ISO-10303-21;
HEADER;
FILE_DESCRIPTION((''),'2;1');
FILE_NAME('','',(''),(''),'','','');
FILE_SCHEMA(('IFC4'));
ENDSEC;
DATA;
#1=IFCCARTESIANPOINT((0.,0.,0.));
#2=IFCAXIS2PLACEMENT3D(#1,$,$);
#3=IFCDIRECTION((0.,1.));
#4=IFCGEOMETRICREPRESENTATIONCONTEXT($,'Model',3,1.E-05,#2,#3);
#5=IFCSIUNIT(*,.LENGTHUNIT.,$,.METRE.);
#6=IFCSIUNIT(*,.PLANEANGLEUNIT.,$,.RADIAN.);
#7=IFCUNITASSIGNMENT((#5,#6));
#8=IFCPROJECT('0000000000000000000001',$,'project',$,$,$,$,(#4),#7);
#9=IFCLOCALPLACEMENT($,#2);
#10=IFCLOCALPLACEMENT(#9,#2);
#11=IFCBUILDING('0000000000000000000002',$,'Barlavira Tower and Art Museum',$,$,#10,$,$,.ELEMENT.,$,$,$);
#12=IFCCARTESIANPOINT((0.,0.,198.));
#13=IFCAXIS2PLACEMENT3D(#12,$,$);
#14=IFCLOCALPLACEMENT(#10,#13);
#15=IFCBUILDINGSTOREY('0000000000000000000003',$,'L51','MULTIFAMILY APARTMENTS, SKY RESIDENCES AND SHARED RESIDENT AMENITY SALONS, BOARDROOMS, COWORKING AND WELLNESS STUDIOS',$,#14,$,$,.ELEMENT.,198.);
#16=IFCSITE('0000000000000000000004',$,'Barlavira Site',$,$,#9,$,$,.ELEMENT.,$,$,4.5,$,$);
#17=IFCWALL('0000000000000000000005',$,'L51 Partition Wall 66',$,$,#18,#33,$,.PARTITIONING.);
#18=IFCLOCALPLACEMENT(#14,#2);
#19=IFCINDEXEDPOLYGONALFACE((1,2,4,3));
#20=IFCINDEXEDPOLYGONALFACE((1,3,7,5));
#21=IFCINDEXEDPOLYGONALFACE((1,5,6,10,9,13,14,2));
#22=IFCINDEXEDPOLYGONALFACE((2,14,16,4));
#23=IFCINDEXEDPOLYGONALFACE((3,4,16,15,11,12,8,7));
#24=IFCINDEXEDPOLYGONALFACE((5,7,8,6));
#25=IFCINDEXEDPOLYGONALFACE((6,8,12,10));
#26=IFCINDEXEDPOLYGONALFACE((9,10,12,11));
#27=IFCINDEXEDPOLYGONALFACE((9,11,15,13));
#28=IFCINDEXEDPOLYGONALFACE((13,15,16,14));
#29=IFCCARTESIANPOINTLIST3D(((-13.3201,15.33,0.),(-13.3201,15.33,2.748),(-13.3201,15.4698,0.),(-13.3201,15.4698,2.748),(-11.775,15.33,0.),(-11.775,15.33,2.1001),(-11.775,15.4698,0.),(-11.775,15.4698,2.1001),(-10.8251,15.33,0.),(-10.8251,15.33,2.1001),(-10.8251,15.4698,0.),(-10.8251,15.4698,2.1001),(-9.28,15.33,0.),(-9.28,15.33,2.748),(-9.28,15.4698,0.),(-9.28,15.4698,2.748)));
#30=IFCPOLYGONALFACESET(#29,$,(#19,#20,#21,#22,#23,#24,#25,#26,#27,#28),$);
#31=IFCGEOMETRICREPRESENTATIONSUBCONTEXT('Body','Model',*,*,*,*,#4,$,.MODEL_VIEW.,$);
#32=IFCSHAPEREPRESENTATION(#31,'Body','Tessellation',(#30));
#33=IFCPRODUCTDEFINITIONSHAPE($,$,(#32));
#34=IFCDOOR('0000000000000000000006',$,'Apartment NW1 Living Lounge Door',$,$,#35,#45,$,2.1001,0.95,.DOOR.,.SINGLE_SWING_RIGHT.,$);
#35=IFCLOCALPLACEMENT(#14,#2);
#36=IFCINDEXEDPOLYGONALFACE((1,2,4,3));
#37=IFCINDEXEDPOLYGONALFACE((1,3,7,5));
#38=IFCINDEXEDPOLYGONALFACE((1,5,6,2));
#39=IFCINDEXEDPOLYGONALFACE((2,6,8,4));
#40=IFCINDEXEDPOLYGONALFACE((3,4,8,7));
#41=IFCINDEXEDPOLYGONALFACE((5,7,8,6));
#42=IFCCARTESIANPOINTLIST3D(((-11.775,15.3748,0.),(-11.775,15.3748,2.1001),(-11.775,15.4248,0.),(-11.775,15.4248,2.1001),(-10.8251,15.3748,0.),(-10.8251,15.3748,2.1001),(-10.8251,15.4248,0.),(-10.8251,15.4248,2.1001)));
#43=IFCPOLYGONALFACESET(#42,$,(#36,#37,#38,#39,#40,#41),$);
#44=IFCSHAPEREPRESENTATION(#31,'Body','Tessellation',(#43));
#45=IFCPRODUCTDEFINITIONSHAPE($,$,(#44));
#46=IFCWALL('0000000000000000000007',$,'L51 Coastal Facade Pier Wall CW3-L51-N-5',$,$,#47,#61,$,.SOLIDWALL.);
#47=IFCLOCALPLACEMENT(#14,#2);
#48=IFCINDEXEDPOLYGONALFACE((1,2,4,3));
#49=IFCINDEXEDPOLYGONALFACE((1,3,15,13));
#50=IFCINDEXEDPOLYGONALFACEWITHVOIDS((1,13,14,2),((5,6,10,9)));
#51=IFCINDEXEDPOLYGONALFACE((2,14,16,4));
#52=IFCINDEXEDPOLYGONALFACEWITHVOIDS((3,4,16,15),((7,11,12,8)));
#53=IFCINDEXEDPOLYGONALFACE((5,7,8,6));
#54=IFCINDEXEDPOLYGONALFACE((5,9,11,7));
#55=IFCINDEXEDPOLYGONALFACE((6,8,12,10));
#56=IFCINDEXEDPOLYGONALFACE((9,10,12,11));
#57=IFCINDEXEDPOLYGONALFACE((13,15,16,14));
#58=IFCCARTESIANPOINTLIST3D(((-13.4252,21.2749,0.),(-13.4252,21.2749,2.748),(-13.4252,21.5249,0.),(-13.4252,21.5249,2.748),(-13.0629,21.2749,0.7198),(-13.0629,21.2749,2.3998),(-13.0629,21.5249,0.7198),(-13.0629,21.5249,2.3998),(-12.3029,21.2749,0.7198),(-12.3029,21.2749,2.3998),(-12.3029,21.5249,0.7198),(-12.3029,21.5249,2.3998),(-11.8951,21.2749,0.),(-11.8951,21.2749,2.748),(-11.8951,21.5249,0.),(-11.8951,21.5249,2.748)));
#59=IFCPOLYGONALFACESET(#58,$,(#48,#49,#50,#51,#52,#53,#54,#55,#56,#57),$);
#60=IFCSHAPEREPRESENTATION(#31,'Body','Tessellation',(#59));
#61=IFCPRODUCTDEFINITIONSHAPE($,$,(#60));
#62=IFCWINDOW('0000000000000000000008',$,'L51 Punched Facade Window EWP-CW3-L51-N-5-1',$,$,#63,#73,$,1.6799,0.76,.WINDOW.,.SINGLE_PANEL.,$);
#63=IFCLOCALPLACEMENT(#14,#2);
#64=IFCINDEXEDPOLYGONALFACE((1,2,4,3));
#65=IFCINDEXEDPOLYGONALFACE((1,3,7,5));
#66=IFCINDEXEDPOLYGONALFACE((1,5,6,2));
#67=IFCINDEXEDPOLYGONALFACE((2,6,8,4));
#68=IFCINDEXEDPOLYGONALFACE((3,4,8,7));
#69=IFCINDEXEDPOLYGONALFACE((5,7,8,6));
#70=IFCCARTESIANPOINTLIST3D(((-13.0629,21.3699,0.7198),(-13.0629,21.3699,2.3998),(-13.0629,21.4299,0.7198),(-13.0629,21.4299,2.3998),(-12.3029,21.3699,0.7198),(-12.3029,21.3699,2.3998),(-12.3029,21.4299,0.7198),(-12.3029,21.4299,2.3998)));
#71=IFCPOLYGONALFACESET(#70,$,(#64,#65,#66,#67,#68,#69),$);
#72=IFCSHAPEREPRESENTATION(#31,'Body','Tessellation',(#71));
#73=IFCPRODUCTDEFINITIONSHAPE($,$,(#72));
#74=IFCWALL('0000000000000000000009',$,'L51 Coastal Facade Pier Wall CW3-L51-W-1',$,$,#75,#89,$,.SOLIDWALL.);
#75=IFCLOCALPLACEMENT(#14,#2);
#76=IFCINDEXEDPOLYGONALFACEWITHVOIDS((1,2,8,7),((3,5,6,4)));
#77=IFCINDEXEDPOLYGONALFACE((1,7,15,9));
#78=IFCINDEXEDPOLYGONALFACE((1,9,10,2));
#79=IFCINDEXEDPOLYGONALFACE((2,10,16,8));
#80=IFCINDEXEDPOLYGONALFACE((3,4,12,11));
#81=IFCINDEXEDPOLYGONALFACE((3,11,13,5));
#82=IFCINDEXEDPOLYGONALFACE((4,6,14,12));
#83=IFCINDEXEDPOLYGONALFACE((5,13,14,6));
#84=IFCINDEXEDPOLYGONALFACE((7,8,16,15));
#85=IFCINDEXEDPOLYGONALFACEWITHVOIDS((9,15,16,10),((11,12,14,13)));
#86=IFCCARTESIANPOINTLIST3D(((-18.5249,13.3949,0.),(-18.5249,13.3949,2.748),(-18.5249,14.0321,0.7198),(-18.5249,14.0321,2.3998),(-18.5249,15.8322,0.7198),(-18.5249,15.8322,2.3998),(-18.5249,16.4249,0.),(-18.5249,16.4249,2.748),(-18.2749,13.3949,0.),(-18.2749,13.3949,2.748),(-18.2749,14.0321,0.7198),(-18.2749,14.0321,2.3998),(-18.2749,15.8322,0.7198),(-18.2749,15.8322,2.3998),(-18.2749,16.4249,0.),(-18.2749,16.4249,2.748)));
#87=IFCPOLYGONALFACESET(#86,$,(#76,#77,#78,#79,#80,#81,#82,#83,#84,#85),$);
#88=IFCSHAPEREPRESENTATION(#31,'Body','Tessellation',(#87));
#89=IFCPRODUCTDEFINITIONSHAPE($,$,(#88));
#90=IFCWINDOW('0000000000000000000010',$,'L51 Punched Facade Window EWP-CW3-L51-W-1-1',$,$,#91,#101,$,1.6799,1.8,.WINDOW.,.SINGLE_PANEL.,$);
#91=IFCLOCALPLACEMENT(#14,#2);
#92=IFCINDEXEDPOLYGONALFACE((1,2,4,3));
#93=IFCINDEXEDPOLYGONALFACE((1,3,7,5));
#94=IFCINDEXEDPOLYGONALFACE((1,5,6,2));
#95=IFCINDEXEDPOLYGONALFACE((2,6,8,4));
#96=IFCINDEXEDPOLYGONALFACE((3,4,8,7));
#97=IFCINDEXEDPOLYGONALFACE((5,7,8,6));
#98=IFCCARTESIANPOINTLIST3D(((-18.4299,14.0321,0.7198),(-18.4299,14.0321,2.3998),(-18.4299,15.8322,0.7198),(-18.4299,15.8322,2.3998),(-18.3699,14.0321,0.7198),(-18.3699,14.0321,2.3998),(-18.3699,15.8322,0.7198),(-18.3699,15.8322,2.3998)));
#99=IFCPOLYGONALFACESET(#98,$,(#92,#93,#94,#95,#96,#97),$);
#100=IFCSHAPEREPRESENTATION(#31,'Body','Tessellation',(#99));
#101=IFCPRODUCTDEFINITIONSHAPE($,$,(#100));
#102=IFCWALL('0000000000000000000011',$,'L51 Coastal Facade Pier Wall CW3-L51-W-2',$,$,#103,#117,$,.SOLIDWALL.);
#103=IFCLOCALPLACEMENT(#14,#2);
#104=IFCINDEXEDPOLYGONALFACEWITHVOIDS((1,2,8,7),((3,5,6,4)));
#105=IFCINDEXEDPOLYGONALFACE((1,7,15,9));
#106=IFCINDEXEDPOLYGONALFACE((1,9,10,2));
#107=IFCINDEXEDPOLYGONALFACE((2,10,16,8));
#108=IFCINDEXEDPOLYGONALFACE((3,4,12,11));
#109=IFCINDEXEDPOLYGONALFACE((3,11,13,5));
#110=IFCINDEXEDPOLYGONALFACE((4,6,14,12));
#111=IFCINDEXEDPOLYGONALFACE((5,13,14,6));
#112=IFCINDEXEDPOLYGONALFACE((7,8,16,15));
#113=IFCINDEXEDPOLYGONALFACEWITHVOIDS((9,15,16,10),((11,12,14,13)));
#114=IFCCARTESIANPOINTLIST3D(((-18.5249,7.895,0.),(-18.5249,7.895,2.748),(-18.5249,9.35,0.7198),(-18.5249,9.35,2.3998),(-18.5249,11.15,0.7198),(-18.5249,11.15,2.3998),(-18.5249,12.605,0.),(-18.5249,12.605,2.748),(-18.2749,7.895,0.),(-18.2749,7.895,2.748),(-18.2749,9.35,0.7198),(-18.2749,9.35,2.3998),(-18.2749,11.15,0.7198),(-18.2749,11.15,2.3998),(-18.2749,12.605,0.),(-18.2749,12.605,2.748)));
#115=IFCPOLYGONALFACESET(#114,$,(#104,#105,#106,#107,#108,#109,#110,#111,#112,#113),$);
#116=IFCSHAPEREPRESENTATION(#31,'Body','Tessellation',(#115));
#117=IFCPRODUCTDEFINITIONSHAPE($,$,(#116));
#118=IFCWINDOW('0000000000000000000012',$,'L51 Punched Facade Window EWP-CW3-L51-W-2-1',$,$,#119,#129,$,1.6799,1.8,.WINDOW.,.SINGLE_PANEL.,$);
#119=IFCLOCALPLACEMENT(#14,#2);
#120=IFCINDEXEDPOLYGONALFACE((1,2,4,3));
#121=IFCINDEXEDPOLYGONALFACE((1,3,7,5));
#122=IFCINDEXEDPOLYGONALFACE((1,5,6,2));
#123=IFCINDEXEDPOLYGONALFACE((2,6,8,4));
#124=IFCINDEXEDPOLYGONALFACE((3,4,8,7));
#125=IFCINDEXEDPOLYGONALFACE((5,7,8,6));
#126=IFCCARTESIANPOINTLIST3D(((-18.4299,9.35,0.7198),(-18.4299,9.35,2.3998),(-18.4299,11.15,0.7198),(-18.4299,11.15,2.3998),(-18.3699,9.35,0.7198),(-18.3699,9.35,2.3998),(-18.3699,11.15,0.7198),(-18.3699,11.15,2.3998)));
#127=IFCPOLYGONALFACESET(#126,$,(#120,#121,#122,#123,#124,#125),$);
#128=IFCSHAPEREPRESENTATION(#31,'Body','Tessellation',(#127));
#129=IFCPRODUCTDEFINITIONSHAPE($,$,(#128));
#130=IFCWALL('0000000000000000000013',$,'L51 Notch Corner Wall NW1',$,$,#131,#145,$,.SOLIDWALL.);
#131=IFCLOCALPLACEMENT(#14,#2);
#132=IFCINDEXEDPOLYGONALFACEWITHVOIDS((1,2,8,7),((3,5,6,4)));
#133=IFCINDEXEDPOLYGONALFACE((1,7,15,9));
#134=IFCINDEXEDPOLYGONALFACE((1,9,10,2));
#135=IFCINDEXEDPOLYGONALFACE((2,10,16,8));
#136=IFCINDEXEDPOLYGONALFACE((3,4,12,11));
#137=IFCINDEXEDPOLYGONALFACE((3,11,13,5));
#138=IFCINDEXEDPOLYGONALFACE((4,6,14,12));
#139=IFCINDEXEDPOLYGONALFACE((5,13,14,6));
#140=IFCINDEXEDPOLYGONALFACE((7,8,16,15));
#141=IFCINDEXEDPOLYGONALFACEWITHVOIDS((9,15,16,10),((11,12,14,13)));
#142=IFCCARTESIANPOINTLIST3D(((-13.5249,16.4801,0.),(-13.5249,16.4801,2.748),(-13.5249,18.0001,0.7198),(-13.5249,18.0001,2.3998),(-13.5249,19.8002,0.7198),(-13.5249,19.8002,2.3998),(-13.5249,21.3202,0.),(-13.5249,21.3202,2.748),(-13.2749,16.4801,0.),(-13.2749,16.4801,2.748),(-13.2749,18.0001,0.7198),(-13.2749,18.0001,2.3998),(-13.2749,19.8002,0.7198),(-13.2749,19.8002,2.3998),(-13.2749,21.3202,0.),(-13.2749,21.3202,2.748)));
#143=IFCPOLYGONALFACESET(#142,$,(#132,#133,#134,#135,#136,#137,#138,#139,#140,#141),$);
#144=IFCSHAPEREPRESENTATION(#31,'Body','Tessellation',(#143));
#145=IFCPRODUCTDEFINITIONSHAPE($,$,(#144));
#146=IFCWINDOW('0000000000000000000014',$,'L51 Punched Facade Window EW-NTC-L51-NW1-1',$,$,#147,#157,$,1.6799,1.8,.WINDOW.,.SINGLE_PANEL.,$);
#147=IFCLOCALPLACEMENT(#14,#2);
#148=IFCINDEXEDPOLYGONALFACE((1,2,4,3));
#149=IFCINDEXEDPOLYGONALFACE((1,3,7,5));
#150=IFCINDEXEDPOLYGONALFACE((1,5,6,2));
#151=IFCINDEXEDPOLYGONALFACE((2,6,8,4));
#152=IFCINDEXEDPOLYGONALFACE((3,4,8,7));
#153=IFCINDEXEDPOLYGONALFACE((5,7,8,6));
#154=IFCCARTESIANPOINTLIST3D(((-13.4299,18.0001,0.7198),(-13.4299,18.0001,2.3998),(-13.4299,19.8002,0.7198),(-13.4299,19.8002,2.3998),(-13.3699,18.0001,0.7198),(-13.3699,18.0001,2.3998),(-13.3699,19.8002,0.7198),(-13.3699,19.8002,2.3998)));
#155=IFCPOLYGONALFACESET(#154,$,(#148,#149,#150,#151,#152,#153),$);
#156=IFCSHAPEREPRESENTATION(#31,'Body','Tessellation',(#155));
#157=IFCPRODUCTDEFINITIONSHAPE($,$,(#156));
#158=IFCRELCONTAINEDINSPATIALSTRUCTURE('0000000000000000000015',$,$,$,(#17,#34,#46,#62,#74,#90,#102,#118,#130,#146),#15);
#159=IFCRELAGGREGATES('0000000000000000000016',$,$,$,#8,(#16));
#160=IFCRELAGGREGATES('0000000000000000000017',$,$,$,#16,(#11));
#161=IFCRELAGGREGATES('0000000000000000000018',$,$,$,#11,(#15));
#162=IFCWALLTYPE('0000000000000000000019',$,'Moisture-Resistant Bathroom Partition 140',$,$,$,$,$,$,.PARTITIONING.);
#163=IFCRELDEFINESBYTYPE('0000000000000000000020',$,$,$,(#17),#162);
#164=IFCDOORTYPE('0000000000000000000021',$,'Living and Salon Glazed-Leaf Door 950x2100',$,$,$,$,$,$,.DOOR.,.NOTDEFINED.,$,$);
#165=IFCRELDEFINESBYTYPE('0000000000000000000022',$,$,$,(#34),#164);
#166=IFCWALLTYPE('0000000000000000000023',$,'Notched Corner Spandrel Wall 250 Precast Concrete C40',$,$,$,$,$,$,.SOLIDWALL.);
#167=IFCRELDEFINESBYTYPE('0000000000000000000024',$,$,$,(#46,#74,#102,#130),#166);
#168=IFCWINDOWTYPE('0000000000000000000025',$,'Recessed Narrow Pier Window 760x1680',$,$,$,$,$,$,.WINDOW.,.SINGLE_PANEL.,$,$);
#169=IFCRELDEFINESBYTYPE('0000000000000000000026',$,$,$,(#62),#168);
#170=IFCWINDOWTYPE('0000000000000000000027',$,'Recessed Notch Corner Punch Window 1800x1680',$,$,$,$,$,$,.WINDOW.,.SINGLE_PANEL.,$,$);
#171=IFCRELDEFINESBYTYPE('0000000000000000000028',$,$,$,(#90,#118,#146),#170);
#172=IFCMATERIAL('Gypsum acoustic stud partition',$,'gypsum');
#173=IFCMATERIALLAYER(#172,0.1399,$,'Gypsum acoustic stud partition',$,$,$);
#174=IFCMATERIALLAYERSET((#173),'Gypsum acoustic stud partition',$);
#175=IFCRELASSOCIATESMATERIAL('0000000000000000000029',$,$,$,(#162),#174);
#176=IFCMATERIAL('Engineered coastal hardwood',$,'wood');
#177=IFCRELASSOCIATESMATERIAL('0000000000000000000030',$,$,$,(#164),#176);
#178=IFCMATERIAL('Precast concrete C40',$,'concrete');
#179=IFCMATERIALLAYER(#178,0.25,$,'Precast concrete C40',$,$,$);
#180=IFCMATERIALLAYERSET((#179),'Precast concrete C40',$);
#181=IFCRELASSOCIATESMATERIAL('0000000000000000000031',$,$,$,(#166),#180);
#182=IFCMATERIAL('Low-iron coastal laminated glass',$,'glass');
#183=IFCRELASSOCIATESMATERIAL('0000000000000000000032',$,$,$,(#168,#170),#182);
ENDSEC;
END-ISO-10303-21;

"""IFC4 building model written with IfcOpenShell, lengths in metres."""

from ifc_helpers import new_model, si_unit, direction, frame, frame_2d, origin, place, context, subcontext, project, spatial, rectangle, extrude, material, layer, layer_set, type_object, element, fill, save


model = new_model("IFC4")

# Units and contexts
model_context = context("Model", 3, precision=1e-05, world=origin(), true_north=direction((0.0, 1.0)))
body_context = subcontext(model_context, "Body", "Model", "MODEL_VIEW")
ifc_project = project(units=[si_unit("LENGTHUNIT", "METRE"), si_unit("PLANEANGLEUNIT", "RADIAN")], contexts=[model_context])

# Site, building, storey
site_placement = place(None, origin())
site = spatial("IfcSite", under=ifc_project, at=site_placement, Name="Barlavira Site", CompositionType="ELEMENT", RefElevation=4.5)
building_placement = place(site_placement, origin())
building = spatial("IfcBuilding", under=site, at=building_placement, Name="Barlavira Tower and Art Museum", CompositionType="ELEMENT")
storey_placement = place(building_placement, frame((0.0, 0.0, 198.0)))
storey = spatial("IfcBuildingStorey", under=building, at=storey_placement, Name="L51", Description="MULTIFAMILY APARTMENTS, SKY RESIDENCES AND SHARED RESIDENT AMENITY SALONS, BOARDROOMS, COWORKING AND WELLNESS STUDIOS", CompositionType="ELEMENT", Elevation=198.0)

# Wall, opening, door
ifc_material_1 = material(Name="Gypsum acoustic stud partition", Category="gypsum")
ifc_layer_1 = layer(ifc_material_1, 0.1399, Name="Gypsum acoustic stud partition")
ifc_layer_set_1 = layer_set([ifc_layer_1], Name="Gypsum acoustic stud partition")
wall_type_1 = type_object("IfcWallType", Name="Moisture-Resistant Bathroom Partition 140", PredefinedType="PARTITIONING", material=ifc_layer_set_1)
wall_1_placement = place(storey_placement, frame((-13.3201, 15.3999, 0.0), z_axis=(0.0, 0.0, 1.0), x_axis=(1.0, 0.0, 0.0)))
wall_1 = element("IfcWall", 1, at=wall_1_placement, inside=storey, type_object=wall_type_1, Name="L51 Partition Wall 66", PredefinedType="PARTITIONING", context=body_context, shape_type="SweptSolid", body=[
    extrude(rectangle(XDim=4.04, YDim=0.1399, at=frame_2d((2.02, 0.0))), origin(), (0.0, 0.0, 1.0), 2.748),
])
opening_1_placement = place(wall_1_placement, frame((1.5449, 0.0, 0.0)))
opening_1 = element("IfcOpeningElement", 2, at=opening_1_placement, cuts=wall_1, PredefinedType="OPENING", context=body_context, shape_type="SweptSolid", body=[
    extrude(rectangle(XDim=0.95, YDim=2.1001, at=frame_2d((0.4751, 1.05))), frame((0.0, 0.0801, 0.0), z_axis=(0.0, -1.0, 0.0), x_axis=(1.0, 0.0, 0.0)), (0.0, 0.0, 1.0), 0.1599),
])
ifc_material_2 = material(Name="Engineered coastal hardwood", Category="wood")
door_type = type_object("IfcDoorType", Name="Living and Salon Glazed-Leaf Door 950x2100", OperationType="NOTDEFINED", PredefinedType="DOOR", material=ifc_material_2)
door_placement = place(opening_1_placement, origin())
door = element("IfcDoor", 3, at=door_placement, inside=storey, type_object=door_type, Name="Apartment NW1 Living Lounge Door", OperationType="SINGLE_SWING_RIGHT", OverallHeight=2.1001, OverallWidth=0.95, PredefinedType="DOOR", context=body_context, shape_type="SweptSolid", body=[
    extrude(rectangle(XDim=0.95, YDim=2.1001, at=frame_2d((0.4751, 1.05))), frame((0.0, 0.0249, 0.0), z_axis=(0.0, -1.0, 0.0), x_axis=(1.0, 0.0, 0.0)), (0.0, 0.0, 1.0), 0.05),
])
fill(opening_1, door)

# Walls, openings, windows
ifc_material_3 = material(Name="Precast concrete C40", Category="concrete")
ifc_layer_2 = layer(ifc_material_3, 0.25, Name="Precast concrete C40")
ifc_layer_set_2 = layer_set([ifc_layer_2], Name="Precast concrete C40")
wall_type_2 = type_object("IfcWallType", Name="Notched Corner Spandrel Wall 250 Precast Concrete C40", PredefinedType="SOLIDWALL", material=ifc_layer_set_2)
wall_2_placement = place(storey_placement, frame((-11.895, 21.3999, 0.0), z_axis=(0.0, 0.0, 1.0), x_axis=(-1.0, 0.0, 0.0)))
wall_2 = element("IfcWall", 4, at=wall_2_placement, inside=storey, type_object=wall_type_2, Name="L51 Coastal Facade Pier Wall CW3-L51-N-5", PredefinedType="SOLIDWALL", context=body_context, shape_type="SweptSolid", body=[
    extrude(rectangle(XDim=1.53, YDim=0.25, at=frame_2d((0.7651, 0.0))), origin(), (0.0, 0.0, 1.0), 2.748),
])
opening_2_placement = place(wall_2_placement, frame((0.408, 0.0, 0.72)))
opening_2 = element("IfcOpeningElement", 5, at=opening_2_placement, cuts=wall_2, PredefinedType="OPENING", context=body_context, shape_type="SweptSolid", body=[
    extrude(rectangle(XDim=0.76, YDim=1.6799, at=frame_2d((0.3799, 0.8398))), frame((0.0, 0.135, 0.0), z_axis=(0.0, -1.0, 0.0), x_axis=(1.0, 0.0, 0.0)), (0.0, 0.0, 1.0), 0.27),
])
ifc_material_4 = material(Name="Low-iron coastal laminated glass", Category="glass")
window_type_1 = type_object("IfcWindowType", Name="Recessed Narrow Pier Window 760x1680", PartitioningType="SINGLE_PANEL", PredefinedType="WINDOW", material=ifc_material_4)
window_1_placement = place(opening_2_placement, origin())
window_1 = element("IfcWindow", 6, at=window_1_placement, inside=storey, type_object=window_type_1, Name="L51 Punched Facade Window EWP-CW3-L51-N-5-1", OverallHeight=1.6799, OverallWidth=0.76, PartitioningType="SINGLE_PANEL", PredefinedType="WINDOW", context=body_context, shape_type="SweptSolid", body=[
    extrude(rectangle(XDim=0.76, YDim=1.6799, at=frame_2d((0.3799, 0.8398))), frame((0.0, 0.03, 0.0), z_axis=(0.0, -1.0, 0.0), x_axis=(1.0, 0.0, 0.0)), (0.0, 0.0, 1.0), 0.0601),
])
fill(opening_2, window_1)
wall_3_placement = place(storey_placement, frame((-18.3999, 16.425, 0.0), z_axis=(0.0, 0.0, 1.0), x_axis=(0.0, -1.0, 0.0)))
wall_3 = element("IfcWall", 7, at=wall_3_placement, inside=storey, type_object=wall_type_2, Name="L51 Coastal Facade Pier Wall CW3-L51-W-1", PredefinedType="SOLIDWALL", context=body_context, shape_type="SweptSolid", body=[
    extrude(rectangle(XDim=3.03, YDim=0.25, at=frame_2d((1.5151, 0.0))), origin(), (0.0, 0.0, 1.0), 2.748),
])
opening_3_placement = place(wall_3_placement, frame((0.593, 0.0, 0.72)))
opening_3 = element("IfcOpeningElement", 8, at=opening_3_placement, cuts=wall_3, PredefinedType="OPENING", context=body_context, shape_type="SweptSolid", body=[
    extrude(rectangle(XDim=1.8, YDim=1.6799, at=frame_2d((0.8999, 0.8398))), frame((0.0, 0.135, 0.0), z_axis=(0.0, -1.0, 0.0), x_axis=(1.0, 0.0, 0.0)), (0.0, 0.0, 1.0), 0.27),
])
window_type_2 = type_object("IfcWindowType", Name="Recessed Notch Corner Punch Window 1800x1680", PartitioningType="SINGLE_PANEL", PredefinedType="WINDOW", material=ifc_material_4)
window_2_placement = place(opening_3_placement, origin())
window_2 = element("IfcWindow", 9, at=window_2_placement, inside=storey, type_object=window_type_2, Name="L51 Punched Facade Window EWP-CW3-L51-W-1-1", OverallHeight=1.6799, OverallWidth=1.8, PartitioningType="SINGLE_PANEL", PredefinedType="WINDOW", context=body_context, shape_type="SweptSolid", body=[
    extrude(rectangle(XDim=1.8, YDim=1.6799, at=frame_2d((0.8999, 0.8398))), frame((0.0, 0.03, 0.0), z_axis=(0.0, -1.0, 0.0), x_axis=(1.0, 0.0, 0.0)), (0.0, 0.0, 1.0), 0.0601),
])
fill(opening_3, window_2)
wall_4_placement = place(storey_placement, frame((-18.3999, 12.605, 0.0), z_axis=(0.0, 0.0, 1.0), x_axis=(0.0, -1.0, 0.0)))
wall_4 = element("IfcWall", 10, at=wall_4_placement, inside=storey, type_object=wall_type_2, Name="L51 Coastal Facade Pier Wall CW3-L51-W-2", PredefinedType="SOLIDWALL", context=body_context, shape_type="SweptSolid", body=[
    extrude(rectangle(XDim=4.71, YDim=0.25, at=frame_2d((2.355, 0.0))), origin(), (0.0, 0.0, 1.0), 2.748),
])
opening_4_placement = place(wall_4_placement, frame((1.4551, 0.0, 0.72)))
opening_4 = element("IfcOpeningElement", 11, at=opening_4_placement, cuts=wall_4, PredefinedType="OPENING", context=body_context, shape_type="SweptSolid", body=[
    extrude(rectangle(XDim=1.8, YDim=1.6799, at=frame_2d((0.8999, 0.8398))), frame((0.0, 0.135, 0.0), z_axis=(0.0, -1.0, 0.0), x_axis=(1.0, 0.0, 0.0)), (0.0, 0.0, 1.0), 0.27),
])
window_3_placement = place(opening_4_placement, origin())
window_3 = element("IfcWindow", 12, at=window_3_placement, inside=storey, type_object=window_type_2, Name="L51 Punched Facade Window EWP-CW3-L51-W-2-1", OverallHeight=1.6799, OverallWidth=1.8, PartitioningType="SINGLE_PANEL", PredefinedType="WINDOW", context=body_context, shape_type="SweptSolid", body=[
    extrude(rectangle(XDim=1.8, YDim=1.6799, at=frame_2d((0.8999, 0.8398))), frame((0.0, 0.03, 0.0), z_axis=(0.0, -1.0, 0.0), x_axis=(1.0, 0.0, 0.0)), (0.0, 0.0, 1.0), 0.0601),
])
fill(opening_4, window_3)
wall_5_placement = place(storey_placement, frame((-13.3999, 21.3201, 0.0), z_axis=(0.0, 0.0, 1.0), x_axis=(0.0, -1.0, 0.0)))
wall_5 = element("IfcWall", 13, at=wall_5_placement, inside=storey, type_object=wall_type_2, Name="L51 Notch Corner Wall NW1", PredefinedType="SOLIDWALL", context=body_context, shape_type="SweptSolid", body=[
    extrude(rectangle(XDim=4.8401, YDim=0.25, at=frame_2d((2.4199, 0.0))), origin(), (0.0, 0.0, 1.0), 2.748),
])
opening_5_placement = place(wall_5_placement, frame((1.52, 0.0, 0.72)))
opening_5 = element("IfcOpeningElement", 14, at=opening_5_placement, cuts=wall_5, PredefinedType="OPENING", context=body_context, shape_type="SweptSolid", body=[
    extrude(rectangle(XDim=1.8, YDim=1.6799, at=frame_2d((0.8999, 0.8398))), frame((0.0, 0.135, 0.0), z_axis=(0.0, -1.0, 0.0), x_axis=(1.0, 0.0, 0.0)), (0.0, 0.0, 1.0), 0.27),
])
window_4_placement = place(opening_5_placement, origin())
window_4 = element("IfcWindow", 15, at=window_4_placement, inside=storey, type_object=window_type_2, Name="L51 Punched Facade Window EW-NTC-L51-NW1-1", OverallHeight=1.6799, OverallWidth=1.8, PartitioningType="SINGLE_PANEL", PredefinedType="WINDOW", context=body_context, shape_type="SweptSolid", body=[
    extrude(rectangle(XDim=1.8, YDim=1.6799, at=frame_2d((0.8999, 0.8398))), frame((0.0, 0.03, 0.0), z_axis=(0.0, -1.0, 0.0), x_axis=(1.0, 0.0, 0.0)), (0.0, 0.0, 1.0), 0.0601),
])
fill(opening_5, window_4)

save(model, "model.ifc")
